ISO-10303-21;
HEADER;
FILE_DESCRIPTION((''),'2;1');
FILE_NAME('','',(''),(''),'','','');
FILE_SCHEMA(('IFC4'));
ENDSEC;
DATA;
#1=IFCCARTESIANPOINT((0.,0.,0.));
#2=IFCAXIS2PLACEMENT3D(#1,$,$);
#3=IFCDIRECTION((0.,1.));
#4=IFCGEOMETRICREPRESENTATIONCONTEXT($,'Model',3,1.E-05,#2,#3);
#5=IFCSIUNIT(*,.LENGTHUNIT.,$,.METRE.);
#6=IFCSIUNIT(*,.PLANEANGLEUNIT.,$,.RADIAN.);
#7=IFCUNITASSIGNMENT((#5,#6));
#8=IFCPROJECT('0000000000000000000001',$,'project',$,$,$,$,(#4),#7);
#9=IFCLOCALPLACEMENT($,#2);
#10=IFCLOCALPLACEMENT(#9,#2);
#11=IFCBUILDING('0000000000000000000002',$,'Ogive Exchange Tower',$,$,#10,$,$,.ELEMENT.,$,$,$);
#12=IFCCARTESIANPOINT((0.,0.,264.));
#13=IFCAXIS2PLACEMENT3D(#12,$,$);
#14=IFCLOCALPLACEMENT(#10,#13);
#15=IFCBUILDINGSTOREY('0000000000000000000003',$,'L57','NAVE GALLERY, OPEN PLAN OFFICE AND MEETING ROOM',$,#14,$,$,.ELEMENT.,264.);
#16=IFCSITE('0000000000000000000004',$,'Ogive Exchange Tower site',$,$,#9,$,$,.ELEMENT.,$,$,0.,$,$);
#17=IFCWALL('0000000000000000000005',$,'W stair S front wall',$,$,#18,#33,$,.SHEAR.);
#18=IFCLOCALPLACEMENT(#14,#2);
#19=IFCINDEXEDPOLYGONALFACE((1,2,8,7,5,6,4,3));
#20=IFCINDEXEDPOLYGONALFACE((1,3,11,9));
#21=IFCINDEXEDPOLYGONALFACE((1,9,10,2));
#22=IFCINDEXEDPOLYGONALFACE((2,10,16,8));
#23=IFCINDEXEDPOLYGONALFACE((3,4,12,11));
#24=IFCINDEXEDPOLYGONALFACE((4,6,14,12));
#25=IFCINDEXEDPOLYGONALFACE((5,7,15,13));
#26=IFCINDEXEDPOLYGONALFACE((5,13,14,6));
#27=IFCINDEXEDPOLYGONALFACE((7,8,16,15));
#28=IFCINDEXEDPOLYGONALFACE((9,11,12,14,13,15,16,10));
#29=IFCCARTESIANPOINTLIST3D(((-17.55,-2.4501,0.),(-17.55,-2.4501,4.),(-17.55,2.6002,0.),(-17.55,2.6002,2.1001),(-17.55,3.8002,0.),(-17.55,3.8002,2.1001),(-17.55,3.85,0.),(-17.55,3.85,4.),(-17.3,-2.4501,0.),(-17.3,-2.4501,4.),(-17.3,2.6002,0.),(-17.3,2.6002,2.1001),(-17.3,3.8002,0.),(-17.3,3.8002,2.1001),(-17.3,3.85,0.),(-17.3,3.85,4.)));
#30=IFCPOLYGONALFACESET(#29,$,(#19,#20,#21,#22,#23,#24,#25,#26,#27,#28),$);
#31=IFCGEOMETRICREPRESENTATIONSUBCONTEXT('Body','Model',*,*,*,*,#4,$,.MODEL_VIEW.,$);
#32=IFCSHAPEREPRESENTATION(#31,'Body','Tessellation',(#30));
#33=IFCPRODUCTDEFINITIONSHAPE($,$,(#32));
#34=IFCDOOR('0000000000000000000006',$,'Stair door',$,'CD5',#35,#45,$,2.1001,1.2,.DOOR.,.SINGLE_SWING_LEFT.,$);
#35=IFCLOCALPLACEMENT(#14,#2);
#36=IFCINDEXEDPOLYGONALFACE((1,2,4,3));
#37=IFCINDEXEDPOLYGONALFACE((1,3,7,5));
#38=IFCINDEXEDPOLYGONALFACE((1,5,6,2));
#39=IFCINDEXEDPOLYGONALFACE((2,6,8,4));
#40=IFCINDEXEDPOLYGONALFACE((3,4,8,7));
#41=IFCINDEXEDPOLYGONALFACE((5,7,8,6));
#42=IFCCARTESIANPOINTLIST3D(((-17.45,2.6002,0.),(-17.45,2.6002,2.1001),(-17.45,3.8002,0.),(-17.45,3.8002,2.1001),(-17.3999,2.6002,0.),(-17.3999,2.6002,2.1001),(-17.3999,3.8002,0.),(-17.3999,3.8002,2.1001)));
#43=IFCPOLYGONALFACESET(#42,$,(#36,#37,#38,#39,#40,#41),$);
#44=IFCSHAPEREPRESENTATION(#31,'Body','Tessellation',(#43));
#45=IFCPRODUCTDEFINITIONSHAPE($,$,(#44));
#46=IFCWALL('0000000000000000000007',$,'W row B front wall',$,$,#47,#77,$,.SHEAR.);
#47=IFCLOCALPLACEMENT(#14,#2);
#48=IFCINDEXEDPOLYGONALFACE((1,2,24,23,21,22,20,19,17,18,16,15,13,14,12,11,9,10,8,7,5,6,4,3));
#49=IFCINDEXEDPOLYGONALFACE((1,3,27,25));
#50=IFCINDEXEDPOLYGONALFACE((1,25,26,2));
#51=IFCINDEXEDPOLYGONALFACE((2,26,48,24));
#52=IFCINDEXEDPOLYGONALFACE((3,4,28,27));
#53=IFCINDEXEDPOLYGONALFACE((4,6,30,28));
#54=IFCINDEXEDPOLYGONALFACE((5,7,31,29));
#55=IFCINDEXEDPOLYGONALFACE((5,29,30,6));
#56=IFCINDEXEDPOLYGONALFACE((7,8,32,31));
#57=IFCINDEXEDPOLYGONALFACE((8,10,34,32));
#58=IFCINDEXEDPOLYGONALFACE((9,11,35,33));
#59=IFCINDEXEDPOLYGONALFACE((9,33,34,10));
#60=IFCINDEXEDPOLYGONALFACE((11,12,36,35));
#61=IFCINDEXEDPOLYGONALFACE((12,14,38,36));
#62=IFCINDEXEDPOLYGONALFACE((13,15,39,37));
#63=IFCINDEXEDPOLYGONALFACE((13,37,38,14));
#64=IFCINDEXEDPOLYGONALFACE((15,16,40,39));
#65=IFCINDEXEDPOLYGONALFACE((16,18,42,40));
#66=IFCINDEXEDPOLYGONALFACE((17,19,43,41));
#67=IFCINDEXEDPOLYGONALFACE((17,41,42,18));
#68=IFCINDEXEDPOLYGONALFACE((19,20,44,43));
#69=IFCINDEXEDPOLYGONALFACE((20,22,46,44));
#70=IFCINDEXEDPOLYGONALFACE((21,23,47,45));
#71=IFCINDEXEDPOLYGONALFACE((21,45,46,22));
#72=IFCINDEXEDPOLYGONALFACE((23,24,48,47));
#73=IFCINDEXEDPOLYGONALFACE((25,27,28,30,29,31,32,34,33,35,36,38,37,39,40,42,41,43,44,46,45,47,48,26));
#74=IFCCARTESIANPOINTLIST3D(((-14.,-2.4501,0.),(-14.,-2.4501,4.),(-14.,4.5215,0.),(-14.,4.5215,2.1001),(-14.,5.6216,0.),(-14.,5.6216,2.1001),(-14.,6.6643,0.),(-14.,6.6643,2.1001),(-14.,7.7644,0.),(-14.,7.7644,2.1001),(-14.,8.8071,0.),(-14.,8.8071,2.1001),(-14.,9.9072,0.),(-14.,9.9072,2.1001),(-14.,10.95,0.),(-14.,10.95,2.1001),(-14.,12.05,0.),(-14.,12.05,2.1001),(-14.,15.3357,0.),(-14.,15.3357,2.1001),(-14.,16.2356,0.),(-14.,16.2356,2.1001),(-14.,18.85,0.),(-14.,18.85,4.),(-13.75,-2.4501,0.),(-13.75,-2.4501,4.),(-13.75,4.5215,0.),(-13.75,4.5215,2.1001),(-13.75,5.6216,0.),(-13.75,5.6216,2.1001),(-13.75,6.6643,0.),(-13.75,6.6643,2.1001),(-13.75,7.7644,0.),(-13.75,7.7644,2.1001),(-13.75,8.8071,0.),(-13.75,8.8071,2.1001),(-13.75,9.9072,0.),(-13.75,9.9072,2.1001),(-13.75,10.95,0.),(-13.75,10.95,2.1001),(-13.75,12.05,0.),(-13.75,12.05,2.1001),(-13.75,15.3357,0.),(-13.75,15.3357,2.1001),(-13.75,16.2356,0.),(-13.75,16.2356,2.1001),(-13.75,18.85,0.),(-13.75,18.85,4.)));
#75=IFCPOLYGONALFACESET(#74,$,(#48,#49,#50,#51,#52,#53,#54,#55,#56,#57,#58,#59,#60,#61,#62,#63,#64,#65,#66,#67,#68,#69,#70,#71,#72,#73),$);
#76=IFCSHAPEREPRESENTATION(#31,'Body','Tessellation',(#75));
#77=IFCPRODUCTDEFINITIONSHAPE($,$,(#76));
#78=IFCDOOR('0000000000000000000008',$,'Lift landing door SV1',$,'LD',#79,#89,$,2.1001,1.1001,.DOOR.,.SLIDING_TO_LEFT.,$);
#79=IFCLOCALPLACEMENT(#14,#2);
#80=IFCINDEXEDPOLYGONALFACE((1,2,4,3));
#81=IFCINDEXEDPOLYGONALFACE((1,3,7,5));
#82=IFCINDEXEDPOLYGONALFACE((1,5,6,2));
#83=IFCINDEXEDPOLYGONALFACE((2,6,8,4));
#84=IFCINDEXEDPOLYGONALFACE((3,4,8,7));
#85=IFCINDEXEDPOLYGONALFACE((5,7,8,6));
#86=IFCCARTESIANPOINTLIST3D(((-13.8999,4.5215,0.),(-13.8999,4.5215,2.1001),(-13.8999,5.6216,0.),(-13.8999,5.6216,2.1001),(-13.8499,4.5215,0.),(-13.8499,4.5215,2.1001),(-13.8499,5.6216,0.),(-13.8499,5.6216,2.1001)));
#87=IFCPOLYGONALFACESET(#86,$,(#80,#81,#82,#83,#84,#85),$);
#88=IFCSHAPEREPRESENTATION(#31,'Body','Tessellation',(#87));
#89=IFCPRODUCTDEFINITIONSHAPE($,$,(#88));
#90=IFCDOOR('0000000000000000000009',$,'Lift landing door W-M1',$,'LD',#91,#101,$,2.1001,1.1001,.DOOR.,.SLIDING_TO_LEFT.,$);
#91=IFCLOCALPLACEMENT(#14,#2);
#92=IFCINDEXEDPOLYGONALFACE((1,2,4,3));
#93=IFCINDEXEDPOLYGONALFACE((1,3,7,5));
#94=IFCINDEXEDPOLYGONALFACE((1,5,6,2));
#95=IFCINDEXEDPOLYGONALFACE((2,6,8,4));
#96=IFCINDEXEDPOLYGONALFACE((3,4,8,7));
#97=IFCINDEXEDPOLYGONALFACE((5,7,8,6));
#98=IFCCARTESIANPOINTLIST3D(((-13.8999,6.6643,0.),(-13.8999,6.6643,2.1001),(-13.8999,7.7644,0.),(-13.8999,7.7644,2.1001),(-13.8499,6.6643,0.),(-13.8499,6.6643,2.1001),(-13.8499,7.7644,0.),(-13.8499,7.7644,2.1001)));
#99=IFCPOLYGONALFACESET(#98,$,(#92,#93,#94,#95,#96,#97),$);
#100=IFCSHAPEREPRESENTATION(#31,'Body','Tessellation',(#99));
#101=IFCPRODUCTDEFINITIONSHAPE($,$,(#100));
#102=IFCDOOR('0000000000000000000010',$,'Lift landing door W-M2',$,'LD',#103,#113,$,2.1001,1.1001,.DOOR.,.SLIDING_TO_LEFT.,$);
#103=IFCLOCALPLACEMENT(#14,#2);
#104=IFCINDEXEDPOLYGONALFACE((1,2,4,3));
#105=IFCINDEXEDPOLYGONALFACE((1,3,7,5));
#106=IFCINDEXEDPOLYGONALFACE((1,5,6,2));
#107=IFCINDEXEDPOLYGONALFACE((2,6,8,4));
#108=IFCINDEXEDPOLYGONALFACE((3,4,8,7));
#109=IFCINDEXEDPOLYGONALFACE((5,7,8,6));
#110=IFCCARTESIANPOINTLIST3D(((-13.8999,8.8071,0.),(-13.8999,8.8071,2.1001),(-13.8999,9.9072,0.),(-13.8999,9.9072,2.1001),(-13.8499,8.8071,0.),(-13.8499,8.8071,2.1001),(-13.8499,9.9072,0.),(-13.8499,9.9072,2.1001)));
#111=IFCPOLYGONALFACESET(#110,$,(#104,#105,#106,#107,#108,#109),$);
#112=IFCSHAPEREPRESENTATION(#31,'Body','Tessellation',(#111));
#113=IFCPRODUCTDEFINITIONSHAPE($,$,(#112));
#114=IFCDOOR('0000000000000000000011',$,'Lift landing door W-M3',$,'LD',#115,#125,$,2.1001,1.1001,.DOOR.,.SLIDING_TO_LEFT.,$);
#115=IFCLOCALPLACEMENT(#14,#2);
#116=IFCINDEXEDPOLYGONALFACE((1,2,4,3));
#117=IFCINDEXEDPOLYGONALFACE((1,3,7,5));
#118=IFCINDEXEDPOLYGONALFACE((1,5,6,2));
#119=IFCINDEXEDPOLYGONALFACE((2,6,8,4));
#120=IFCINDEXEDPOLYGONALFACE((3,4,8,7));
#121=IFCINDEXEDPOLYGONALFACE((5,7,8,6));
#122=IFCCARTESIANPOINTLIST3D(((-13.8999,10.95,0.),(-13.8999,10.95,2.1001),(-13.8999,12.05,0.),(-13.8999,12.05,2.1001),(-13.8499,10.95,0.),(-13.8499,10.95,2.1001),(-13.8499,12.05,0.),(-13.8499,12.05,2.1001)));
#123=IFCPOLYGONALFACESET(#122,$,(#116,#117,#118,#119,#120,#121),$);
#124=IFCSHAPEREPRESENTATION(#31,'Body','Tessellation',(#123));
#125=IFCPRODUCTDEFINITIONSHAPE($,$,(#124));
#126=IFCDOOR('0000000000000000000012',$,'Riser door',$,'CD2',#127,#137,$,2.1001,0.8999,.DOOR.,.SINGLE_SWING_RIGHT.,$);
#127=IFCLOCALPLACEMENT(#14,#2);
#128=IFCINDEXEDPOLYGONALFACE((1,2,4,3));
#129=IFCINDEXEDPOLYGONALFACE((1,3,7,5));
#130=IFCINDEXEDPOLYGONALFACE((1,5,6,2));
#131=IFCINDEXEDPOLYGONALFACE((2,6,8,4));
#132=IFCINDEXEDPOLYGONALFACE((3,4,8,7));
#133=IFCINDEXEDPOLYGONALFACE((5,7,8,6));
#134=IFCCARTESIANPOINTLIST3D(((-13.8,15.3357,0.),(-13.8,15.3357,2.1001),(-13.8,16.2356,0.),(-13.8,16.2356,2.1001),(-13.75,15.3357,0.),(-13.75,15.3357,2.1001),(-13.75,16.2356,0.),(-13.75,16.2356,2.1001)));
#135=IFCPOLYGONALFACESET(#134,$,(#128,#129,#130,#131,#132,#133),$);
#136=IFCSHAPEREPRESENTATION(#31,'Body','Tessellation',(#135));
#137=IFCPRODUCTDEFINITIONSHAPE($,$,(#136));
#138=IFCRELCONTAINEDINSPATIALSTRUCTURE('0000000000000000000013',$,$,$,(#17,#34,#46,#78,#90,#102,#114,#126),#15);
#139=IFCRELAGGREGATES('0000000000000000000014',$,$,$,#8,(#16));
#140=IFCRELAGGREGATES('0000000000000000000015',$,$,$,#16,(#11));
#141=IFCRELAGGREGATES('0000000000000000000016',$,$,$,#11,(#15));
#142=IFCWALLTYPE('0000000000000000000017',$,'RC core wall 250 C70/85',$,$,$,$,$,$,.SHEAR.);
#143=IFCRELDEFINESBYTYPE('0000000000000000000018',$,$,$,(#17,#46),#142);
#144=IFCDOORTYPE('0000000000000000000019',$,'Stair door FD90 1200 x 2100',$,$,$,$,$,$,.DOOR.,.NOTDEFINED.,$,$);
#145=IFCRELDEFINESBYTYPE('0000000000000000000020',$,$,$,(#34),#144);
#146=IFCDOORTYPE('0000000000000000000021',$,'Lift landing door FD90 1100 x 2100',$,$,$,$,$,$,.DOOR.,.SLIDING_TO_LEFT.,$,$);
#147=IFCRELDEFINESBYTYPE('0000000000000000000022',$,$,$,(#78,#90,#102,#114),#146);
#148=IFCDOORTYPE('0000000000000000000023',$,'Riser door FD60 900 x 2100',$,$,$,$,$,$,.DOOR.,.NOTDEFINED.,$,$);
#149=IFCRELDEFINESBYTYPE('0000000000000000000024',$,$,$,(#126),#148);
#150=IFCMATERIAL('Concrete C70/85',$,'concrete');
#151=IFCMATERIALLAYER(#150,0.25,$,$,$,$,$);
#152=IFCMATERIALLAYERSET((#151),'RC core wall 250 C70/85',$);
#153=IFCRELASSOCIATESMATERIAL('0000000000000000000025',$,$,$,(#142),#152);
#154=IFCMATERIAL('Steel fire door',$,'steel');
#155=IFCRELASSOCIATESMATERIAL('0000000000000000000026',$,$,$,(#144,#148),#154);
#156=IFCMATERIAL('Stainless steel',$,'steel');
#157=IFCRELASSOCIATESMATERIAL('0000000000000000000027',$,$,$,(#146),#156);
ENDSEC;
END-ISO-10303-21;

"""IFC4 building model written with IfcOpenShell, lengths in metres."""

from ifc_helpers import new_model, si_unit, direction, frame, frame_2d, origin, place, context, subcontext, project, spatial, rectangle, extrude, material, layer, layer_set, type_object, element, fill, save


model = new_model("IFC4")

# Units and contexts
model_context = context("Model", 3, precision=1e-05, world=origin(), true_north=direction((0.0, 1.0)))
body_context = subcontext(model_context, "Body", "Model", "MODEL_VIEW")
ifc_project = project(units=[si_unit("LENGTHUNIT", "METRE"), si_unit("PLANEANGLEUNIT", "RADIAN")], contexts=[model_context])

# Site, building, storey
site_placement = place(None, origin())
site = spatial("IfcSite", under=ifc_project, at=site_placement, Name="Ogive Exchange Tower site", CompositionType="ELEMENT", RefElevation=0.0)
building_placement = place(site_placement, origin())
building = spatial("IfcBuilding", under=site, at=building_placement, Name="Ogive Exchange Tower", CompositionType="ELEMENT")
storey_placement = place(building_placement, frame((0.0, 0.0, 264.0)))
storey = spatial("IfcBuildingStorey", under=building, at=storey_placement, Name="L57", Description="NAVE GALLERY, OPEN PLAN OFFICE AND MEETING ROOM", CompositionType="ELEMENT", Elevation=264.0)

# Wall, opening, door
ifc_material_1 = material(Name="Concrete C70/85", Category="concrete")
ifc_layer_1 = layer(ifc_material_1, 0.25)
ifc_layer_set_1 = layer_set([ifc_layer_1], Name="RC core wall 250 C70/85")
wall_type_1 = type_object("IfcWallType", Name="RC core wall 250 C70/85", PredefinedType="SHEAR", material=ifc_layer_set_1)
wall_1_placement = place(storey_placement, frame((-17.425, -2.45, 0.0), z_axis=(0.0, 0.0, 1.0), x_axis=(0.0, 1.0, 0.0)))
wall_1 = element("IfcWall", 1, at=wall_1_placement, inside=storey, type_object=wall_type_1, Name="W stair S front wall", PredefinedType="SHEAR", context=body_context, shape_type="SweptSolid", body=[
    extrude(rectangle(XDim=6.3, YDim=0.25, at=frame_2d((3.1499, 0.0))), origin(), (0.0, 0.0, 1.0), 4.0),
])
opening_1_placement = place(wall_1_placement, frame((5.05, 0.0, 0.0)))
opening_1 = element("IfcOpeningElement", 2, at=opening_1_placement, cuts=wall_1, PredefinedType="OPENING", context=body_context, shape_type="SweptSolid", body=[
    extrude(rectangle(XDim=1.2, YDim=2.1001, at=frame_2d((0.6001, 1.05))), frame((0.0, 0.135, 0.0), z_axis=(0.0, -1.0, 0.0), x_axis=(1.0, 0.0, 0.0)), (0.0, 0.0, 1.0), 0.27),
])
ifc_material_2 = material(Name="Steel fire door", Category="steel")
door_type_1 = type_object("IfcDoorType", Name="Stair door FD90 1200 x 2100", OperationType="NOTDEFINED", PredefinedType="DOOR", material=ifc_material_2)
door_1_placement = place(opening_1_placement, origin())
door_1 = element("IfcDoor", 3, at=door_1_placement, inside=storey, type_object=door_type_1, Name="Stair door", ObjectType="CD5", OperationType="SINGLE_SWING_LEFT", OverallHeight=2.1001, OverallWidth=1.2, PredefinedType="DOOR", context=body_context, shape_type="SweptSolid", body=[
    extrude(rectangle(XDim=1.2, YDim=2.1001, at=frame_2d((0.6001, 1.05))), frame((0.0, 0.0249, 0.0), z_axis=(0.0, -1.0, 0.0), x_axis=(1.0, 0.0, 0.0)), (0.0, 0.0, 1.0), 0.05),
])
fill(opening_1, door_1)

# Wall, openings, doors
wall_2_placement = place(storey_placement, frame((-13.875, -2.45, 0.0), z_axis=(0.0, 0.0, 1.0), x_axis=(0.0, 1.0, 0.0)))
wall_2 = element("IfcWall", 4, at=wall_2_placement, inside=storey, type_object=wall_type_1, Name="W row B front wall", PredefinedType="SHEAR", context=body_context, shape_type="SweptSolid", body=[
    extrude(rectangle(XDim=21.3, YDim=0.25, at=frame_2d((10.6499, 0.0))), origin(), (0.0, 0.0, 1.0), 4.0),
])
opening_2_placement = place(wall_2_placement, frame((17.7856, 0.0, 0.0)))
opening_2 = element("IfcOpeningElement", 5, at=opening_2_placement, cuts=wall_2, PredefinedType="OPENING", context=body_context, shape_type="SweptSolid", body=[
    extrude(rectangle(XDim=0.8999, YDim=2.1001, at=frame_2d((0.45, 1.05))), frame((0.0, 0.135, 0.0), z_axis=(0.0, -1.0, 0.0), x_axis=(1.0, 0.0, 0.0)), (0.0, 0.0, 1.0), 0.27),
])
opening_3_placement = place(wall_2_placement, frame((6.9714, 0.0, 0.0)))
opening_3 = element("IfcOpeningElement", 6, at=opening_3_placement, cuts=wall_2, PredefinedType="OPENING", context=body_context, shape_type="SweptSolid", body=[
    extrude(rectangle(XDim=1.1001, YDim=2.1001, at=frame_2d((0.55, 1.05))), frame((0.0, 0.135, 0.0), z_axis=(0.0, -1.0, 0.0), x_axis=(1.0, 0.0, 0.0)), (0.0, 0.0, 1.0), 0.27),
])
opening_4_placement = place(wall_2_placement, frame((9.1143, 0.0, 0.0)))
opening_4 = element("IfcOpeningElement", 7, at=opening_4_placement, cuts=wall_2, PredefinedType="OPENING", context=body_context, shape_type="SweptSolid", body=[
    extrude(rectangle(XDim=1.1001, YDim=2.1001, at=frame_2d((0.55, 1.05))), frame((0.0, 0.135, 0.0), z_axis=(0.0, -1.0, 0.0), x_axis=(1.0, 0.0, 0.0)), (0.0, 0.0, 1.0), 0.27),
])
opening_5_placement = place(wall_2_placement, frame((11.2571, 0.0, 0.0)))
opening_5 = element("IfcOpeningElement", 8, at=opening_5_placement, cuts=wall_2, PredefinedType="OPENING", context=body_context, shape_type="SweptSolid", body=[
    extrude(rectangle(XDim=1.1001, YDim=2.1001, at=frame_2d((0.55, 1.05))), frame((0.0, 0.135, 0.0), z_axis=(0.0, -1.0, 0.0), x_axis=(1.0, 0.0, 0.0)), (0.0, 0.0, 1.0), 0.27),
])
opening_6_placement = place(wall_2_placement, frame((13.3999, 0.0, 0.0)))
opening_6 = element("IfcOpeningElement", 9, at=opening_6_placement, cuts=wall_2, PredefinedType="OPENING", context=body_context, shape_type="SweptSolid", body=[
    extrude(rectangle(XDim=1.1001, YDim=2.1001, at=frame_2d((0.55, 1.05))), frame((0.0, 0.135, 0.0), z_axis=(0.0, -1.0, 0.0), x_axis=(1.0, 0.0, 0.0)), (0.0, 0.0, 1.0), 0.27),
])
ifc_material_3 = material(Name="Stainless steel", Category="steel")
door_type_2 = type_object("IfcDoorType", Name="Lift landing door FD90 1100 x 2100", OperationType="SLIDING_TO_LEFT", PredefinedType="DOOR", material=ifc_material_3)
door_2_placement = place(opening_3_placement, origin())
door_2 = element("IfcDoor", 10, at=door_2_placement, inside=storey, type_object=door_type_2, Name="Lift landing door SV1", ObjectType="LD", OperationType="SLIDING_TO_LEFT", OverallHeight=2.1001, OverallWidth=1.1001, PredefinedType="DOOR", context=body_context, shape_type="SweptSolid", body=[
    extrude(rectangle(XDim=1.1001, YDim=2.1001, at=frame_2d((0.55, 1.05))), frame((0.0, 0.0249, 0.0), z_axis=(0.0, -1.0, 0.0), x_axis=(1.0, 0.0, 0.0)), (0.0, 0.0, 1.0), 0.05),
])
fill(opening_3, door_2)
door_3_placement = place(opening_4_placement, origin())
door_3 = element("IfcDoor", 11, at=door_3_placement, inside=storey, type_object=door_type_2, Name="Lift landing door W-M1", ObjectType="LD", OperationType="SLIDING_TO_LEFT", OverallHeight=2.1001, OverallWidth=1.1001, PredefinedType="DOOR", context=body_context, shape_type="SweptSolid", body=[
    extrude(rectangle(XDim=1.1001, YDim=2.1001, at=frame_2d((0.55, 1.05))), frame((0.0, 0.0249, 0.0), z_axis=(0.0, -1.0, 0.0), x_axis=(1.0, 0.0, 0.0)), (0.0, 0.0, 1.0), 0.05),
])
fill(opening_4, door_3)
door_4_placement = place(opening_5_placement, origin())
door_4 = element("IfcDoor", 12, at=door_4_placement, inside=storey, type_object=door_type_2, Name="Lift landing door W-M2", ObjectType="LD", OperationType="SLIDING_TO_LEFT", OverallHeight=2.1001, OverallWidth=1.1001, PredefinedType="DOOR", context=body_context, shape_type="SweptSolid", body=[
    extrude(rectangle(XDim=1.1001, YDim=2.1001, at=frame_2d((0.55, 1.05))), frame((0.0, 0.0249, 0.0), z_axis=(0.0, -1.0, 0.0), x_axis=(1.0, 0.0, 0.0)), (0.0, 0.0, 1.0), 0.05),
])
fill(opening_5, door_4)
door_5_placement = place(opening_6_placement, origin())
door_5 = element("IfcDoor", 13, at=door_5_placement, inside=storey, type_object=door_type_2, Name="Lift landing door W-M3", ObjectType="LD", OperationType="SLIDING_TO_LEFT", OverallHeight=2.1001, OverallWidth=1.1001, PredefinedType="DOOR", context=body_context, shape_type="SweptSolid", body=[
    extrude(rectangle(XDim=1.1001, YDim=2.1001, at=frame_2d((0.55, 1.05))), frame((0.0, 0.0249, 0.0), z_axis=(0.0, -1.0, 0.0), x_axis=(1.0, 0.0, 0.0)), (0.0, 0.0, 1.0), 0.05),
])
fill(opening_6, door_5)
door_type_3 = type_object("IfcDoorType", Name="Riser door FD60 900 x 2100", OperationType="NOTDEFINED", PredefinedType="DOOR", material=ifc_material_2)
door_6_placement = place(opening_2_placement, frame((0.8999, -0.2002, 0.0), z_axis=(0.0, 0.0, 1.0), x_axis=(-1.0, 0.0, 0.0)))
door_6 = element("IfcDoor", 14, at=door_6_placement, inside=storey, type_object=door_type_3, Name="Riser door", ObjectType="CD2", OperationType="SINGLE_SWING_RIGHT", OverallHeight=2.1001, OverallWidth=0.8999, PredefinedType="DOOR", context=body_context, shape_type="SweptSolid", body=[
    extrude(rectangle(XDim=0.8999, YDim=2.1001, at=frame_2d((0.45, 1.05))), frame((0.0, -0.0752, 0.0), z_axis=(0.0, -1.0, 0.0), x_axis=(1.0, 0.0, 0.0)), (0.0, 0.0, 1.0), 0.05),
])
fill(opening_2, door_6)

save(model, "model.ifc")
